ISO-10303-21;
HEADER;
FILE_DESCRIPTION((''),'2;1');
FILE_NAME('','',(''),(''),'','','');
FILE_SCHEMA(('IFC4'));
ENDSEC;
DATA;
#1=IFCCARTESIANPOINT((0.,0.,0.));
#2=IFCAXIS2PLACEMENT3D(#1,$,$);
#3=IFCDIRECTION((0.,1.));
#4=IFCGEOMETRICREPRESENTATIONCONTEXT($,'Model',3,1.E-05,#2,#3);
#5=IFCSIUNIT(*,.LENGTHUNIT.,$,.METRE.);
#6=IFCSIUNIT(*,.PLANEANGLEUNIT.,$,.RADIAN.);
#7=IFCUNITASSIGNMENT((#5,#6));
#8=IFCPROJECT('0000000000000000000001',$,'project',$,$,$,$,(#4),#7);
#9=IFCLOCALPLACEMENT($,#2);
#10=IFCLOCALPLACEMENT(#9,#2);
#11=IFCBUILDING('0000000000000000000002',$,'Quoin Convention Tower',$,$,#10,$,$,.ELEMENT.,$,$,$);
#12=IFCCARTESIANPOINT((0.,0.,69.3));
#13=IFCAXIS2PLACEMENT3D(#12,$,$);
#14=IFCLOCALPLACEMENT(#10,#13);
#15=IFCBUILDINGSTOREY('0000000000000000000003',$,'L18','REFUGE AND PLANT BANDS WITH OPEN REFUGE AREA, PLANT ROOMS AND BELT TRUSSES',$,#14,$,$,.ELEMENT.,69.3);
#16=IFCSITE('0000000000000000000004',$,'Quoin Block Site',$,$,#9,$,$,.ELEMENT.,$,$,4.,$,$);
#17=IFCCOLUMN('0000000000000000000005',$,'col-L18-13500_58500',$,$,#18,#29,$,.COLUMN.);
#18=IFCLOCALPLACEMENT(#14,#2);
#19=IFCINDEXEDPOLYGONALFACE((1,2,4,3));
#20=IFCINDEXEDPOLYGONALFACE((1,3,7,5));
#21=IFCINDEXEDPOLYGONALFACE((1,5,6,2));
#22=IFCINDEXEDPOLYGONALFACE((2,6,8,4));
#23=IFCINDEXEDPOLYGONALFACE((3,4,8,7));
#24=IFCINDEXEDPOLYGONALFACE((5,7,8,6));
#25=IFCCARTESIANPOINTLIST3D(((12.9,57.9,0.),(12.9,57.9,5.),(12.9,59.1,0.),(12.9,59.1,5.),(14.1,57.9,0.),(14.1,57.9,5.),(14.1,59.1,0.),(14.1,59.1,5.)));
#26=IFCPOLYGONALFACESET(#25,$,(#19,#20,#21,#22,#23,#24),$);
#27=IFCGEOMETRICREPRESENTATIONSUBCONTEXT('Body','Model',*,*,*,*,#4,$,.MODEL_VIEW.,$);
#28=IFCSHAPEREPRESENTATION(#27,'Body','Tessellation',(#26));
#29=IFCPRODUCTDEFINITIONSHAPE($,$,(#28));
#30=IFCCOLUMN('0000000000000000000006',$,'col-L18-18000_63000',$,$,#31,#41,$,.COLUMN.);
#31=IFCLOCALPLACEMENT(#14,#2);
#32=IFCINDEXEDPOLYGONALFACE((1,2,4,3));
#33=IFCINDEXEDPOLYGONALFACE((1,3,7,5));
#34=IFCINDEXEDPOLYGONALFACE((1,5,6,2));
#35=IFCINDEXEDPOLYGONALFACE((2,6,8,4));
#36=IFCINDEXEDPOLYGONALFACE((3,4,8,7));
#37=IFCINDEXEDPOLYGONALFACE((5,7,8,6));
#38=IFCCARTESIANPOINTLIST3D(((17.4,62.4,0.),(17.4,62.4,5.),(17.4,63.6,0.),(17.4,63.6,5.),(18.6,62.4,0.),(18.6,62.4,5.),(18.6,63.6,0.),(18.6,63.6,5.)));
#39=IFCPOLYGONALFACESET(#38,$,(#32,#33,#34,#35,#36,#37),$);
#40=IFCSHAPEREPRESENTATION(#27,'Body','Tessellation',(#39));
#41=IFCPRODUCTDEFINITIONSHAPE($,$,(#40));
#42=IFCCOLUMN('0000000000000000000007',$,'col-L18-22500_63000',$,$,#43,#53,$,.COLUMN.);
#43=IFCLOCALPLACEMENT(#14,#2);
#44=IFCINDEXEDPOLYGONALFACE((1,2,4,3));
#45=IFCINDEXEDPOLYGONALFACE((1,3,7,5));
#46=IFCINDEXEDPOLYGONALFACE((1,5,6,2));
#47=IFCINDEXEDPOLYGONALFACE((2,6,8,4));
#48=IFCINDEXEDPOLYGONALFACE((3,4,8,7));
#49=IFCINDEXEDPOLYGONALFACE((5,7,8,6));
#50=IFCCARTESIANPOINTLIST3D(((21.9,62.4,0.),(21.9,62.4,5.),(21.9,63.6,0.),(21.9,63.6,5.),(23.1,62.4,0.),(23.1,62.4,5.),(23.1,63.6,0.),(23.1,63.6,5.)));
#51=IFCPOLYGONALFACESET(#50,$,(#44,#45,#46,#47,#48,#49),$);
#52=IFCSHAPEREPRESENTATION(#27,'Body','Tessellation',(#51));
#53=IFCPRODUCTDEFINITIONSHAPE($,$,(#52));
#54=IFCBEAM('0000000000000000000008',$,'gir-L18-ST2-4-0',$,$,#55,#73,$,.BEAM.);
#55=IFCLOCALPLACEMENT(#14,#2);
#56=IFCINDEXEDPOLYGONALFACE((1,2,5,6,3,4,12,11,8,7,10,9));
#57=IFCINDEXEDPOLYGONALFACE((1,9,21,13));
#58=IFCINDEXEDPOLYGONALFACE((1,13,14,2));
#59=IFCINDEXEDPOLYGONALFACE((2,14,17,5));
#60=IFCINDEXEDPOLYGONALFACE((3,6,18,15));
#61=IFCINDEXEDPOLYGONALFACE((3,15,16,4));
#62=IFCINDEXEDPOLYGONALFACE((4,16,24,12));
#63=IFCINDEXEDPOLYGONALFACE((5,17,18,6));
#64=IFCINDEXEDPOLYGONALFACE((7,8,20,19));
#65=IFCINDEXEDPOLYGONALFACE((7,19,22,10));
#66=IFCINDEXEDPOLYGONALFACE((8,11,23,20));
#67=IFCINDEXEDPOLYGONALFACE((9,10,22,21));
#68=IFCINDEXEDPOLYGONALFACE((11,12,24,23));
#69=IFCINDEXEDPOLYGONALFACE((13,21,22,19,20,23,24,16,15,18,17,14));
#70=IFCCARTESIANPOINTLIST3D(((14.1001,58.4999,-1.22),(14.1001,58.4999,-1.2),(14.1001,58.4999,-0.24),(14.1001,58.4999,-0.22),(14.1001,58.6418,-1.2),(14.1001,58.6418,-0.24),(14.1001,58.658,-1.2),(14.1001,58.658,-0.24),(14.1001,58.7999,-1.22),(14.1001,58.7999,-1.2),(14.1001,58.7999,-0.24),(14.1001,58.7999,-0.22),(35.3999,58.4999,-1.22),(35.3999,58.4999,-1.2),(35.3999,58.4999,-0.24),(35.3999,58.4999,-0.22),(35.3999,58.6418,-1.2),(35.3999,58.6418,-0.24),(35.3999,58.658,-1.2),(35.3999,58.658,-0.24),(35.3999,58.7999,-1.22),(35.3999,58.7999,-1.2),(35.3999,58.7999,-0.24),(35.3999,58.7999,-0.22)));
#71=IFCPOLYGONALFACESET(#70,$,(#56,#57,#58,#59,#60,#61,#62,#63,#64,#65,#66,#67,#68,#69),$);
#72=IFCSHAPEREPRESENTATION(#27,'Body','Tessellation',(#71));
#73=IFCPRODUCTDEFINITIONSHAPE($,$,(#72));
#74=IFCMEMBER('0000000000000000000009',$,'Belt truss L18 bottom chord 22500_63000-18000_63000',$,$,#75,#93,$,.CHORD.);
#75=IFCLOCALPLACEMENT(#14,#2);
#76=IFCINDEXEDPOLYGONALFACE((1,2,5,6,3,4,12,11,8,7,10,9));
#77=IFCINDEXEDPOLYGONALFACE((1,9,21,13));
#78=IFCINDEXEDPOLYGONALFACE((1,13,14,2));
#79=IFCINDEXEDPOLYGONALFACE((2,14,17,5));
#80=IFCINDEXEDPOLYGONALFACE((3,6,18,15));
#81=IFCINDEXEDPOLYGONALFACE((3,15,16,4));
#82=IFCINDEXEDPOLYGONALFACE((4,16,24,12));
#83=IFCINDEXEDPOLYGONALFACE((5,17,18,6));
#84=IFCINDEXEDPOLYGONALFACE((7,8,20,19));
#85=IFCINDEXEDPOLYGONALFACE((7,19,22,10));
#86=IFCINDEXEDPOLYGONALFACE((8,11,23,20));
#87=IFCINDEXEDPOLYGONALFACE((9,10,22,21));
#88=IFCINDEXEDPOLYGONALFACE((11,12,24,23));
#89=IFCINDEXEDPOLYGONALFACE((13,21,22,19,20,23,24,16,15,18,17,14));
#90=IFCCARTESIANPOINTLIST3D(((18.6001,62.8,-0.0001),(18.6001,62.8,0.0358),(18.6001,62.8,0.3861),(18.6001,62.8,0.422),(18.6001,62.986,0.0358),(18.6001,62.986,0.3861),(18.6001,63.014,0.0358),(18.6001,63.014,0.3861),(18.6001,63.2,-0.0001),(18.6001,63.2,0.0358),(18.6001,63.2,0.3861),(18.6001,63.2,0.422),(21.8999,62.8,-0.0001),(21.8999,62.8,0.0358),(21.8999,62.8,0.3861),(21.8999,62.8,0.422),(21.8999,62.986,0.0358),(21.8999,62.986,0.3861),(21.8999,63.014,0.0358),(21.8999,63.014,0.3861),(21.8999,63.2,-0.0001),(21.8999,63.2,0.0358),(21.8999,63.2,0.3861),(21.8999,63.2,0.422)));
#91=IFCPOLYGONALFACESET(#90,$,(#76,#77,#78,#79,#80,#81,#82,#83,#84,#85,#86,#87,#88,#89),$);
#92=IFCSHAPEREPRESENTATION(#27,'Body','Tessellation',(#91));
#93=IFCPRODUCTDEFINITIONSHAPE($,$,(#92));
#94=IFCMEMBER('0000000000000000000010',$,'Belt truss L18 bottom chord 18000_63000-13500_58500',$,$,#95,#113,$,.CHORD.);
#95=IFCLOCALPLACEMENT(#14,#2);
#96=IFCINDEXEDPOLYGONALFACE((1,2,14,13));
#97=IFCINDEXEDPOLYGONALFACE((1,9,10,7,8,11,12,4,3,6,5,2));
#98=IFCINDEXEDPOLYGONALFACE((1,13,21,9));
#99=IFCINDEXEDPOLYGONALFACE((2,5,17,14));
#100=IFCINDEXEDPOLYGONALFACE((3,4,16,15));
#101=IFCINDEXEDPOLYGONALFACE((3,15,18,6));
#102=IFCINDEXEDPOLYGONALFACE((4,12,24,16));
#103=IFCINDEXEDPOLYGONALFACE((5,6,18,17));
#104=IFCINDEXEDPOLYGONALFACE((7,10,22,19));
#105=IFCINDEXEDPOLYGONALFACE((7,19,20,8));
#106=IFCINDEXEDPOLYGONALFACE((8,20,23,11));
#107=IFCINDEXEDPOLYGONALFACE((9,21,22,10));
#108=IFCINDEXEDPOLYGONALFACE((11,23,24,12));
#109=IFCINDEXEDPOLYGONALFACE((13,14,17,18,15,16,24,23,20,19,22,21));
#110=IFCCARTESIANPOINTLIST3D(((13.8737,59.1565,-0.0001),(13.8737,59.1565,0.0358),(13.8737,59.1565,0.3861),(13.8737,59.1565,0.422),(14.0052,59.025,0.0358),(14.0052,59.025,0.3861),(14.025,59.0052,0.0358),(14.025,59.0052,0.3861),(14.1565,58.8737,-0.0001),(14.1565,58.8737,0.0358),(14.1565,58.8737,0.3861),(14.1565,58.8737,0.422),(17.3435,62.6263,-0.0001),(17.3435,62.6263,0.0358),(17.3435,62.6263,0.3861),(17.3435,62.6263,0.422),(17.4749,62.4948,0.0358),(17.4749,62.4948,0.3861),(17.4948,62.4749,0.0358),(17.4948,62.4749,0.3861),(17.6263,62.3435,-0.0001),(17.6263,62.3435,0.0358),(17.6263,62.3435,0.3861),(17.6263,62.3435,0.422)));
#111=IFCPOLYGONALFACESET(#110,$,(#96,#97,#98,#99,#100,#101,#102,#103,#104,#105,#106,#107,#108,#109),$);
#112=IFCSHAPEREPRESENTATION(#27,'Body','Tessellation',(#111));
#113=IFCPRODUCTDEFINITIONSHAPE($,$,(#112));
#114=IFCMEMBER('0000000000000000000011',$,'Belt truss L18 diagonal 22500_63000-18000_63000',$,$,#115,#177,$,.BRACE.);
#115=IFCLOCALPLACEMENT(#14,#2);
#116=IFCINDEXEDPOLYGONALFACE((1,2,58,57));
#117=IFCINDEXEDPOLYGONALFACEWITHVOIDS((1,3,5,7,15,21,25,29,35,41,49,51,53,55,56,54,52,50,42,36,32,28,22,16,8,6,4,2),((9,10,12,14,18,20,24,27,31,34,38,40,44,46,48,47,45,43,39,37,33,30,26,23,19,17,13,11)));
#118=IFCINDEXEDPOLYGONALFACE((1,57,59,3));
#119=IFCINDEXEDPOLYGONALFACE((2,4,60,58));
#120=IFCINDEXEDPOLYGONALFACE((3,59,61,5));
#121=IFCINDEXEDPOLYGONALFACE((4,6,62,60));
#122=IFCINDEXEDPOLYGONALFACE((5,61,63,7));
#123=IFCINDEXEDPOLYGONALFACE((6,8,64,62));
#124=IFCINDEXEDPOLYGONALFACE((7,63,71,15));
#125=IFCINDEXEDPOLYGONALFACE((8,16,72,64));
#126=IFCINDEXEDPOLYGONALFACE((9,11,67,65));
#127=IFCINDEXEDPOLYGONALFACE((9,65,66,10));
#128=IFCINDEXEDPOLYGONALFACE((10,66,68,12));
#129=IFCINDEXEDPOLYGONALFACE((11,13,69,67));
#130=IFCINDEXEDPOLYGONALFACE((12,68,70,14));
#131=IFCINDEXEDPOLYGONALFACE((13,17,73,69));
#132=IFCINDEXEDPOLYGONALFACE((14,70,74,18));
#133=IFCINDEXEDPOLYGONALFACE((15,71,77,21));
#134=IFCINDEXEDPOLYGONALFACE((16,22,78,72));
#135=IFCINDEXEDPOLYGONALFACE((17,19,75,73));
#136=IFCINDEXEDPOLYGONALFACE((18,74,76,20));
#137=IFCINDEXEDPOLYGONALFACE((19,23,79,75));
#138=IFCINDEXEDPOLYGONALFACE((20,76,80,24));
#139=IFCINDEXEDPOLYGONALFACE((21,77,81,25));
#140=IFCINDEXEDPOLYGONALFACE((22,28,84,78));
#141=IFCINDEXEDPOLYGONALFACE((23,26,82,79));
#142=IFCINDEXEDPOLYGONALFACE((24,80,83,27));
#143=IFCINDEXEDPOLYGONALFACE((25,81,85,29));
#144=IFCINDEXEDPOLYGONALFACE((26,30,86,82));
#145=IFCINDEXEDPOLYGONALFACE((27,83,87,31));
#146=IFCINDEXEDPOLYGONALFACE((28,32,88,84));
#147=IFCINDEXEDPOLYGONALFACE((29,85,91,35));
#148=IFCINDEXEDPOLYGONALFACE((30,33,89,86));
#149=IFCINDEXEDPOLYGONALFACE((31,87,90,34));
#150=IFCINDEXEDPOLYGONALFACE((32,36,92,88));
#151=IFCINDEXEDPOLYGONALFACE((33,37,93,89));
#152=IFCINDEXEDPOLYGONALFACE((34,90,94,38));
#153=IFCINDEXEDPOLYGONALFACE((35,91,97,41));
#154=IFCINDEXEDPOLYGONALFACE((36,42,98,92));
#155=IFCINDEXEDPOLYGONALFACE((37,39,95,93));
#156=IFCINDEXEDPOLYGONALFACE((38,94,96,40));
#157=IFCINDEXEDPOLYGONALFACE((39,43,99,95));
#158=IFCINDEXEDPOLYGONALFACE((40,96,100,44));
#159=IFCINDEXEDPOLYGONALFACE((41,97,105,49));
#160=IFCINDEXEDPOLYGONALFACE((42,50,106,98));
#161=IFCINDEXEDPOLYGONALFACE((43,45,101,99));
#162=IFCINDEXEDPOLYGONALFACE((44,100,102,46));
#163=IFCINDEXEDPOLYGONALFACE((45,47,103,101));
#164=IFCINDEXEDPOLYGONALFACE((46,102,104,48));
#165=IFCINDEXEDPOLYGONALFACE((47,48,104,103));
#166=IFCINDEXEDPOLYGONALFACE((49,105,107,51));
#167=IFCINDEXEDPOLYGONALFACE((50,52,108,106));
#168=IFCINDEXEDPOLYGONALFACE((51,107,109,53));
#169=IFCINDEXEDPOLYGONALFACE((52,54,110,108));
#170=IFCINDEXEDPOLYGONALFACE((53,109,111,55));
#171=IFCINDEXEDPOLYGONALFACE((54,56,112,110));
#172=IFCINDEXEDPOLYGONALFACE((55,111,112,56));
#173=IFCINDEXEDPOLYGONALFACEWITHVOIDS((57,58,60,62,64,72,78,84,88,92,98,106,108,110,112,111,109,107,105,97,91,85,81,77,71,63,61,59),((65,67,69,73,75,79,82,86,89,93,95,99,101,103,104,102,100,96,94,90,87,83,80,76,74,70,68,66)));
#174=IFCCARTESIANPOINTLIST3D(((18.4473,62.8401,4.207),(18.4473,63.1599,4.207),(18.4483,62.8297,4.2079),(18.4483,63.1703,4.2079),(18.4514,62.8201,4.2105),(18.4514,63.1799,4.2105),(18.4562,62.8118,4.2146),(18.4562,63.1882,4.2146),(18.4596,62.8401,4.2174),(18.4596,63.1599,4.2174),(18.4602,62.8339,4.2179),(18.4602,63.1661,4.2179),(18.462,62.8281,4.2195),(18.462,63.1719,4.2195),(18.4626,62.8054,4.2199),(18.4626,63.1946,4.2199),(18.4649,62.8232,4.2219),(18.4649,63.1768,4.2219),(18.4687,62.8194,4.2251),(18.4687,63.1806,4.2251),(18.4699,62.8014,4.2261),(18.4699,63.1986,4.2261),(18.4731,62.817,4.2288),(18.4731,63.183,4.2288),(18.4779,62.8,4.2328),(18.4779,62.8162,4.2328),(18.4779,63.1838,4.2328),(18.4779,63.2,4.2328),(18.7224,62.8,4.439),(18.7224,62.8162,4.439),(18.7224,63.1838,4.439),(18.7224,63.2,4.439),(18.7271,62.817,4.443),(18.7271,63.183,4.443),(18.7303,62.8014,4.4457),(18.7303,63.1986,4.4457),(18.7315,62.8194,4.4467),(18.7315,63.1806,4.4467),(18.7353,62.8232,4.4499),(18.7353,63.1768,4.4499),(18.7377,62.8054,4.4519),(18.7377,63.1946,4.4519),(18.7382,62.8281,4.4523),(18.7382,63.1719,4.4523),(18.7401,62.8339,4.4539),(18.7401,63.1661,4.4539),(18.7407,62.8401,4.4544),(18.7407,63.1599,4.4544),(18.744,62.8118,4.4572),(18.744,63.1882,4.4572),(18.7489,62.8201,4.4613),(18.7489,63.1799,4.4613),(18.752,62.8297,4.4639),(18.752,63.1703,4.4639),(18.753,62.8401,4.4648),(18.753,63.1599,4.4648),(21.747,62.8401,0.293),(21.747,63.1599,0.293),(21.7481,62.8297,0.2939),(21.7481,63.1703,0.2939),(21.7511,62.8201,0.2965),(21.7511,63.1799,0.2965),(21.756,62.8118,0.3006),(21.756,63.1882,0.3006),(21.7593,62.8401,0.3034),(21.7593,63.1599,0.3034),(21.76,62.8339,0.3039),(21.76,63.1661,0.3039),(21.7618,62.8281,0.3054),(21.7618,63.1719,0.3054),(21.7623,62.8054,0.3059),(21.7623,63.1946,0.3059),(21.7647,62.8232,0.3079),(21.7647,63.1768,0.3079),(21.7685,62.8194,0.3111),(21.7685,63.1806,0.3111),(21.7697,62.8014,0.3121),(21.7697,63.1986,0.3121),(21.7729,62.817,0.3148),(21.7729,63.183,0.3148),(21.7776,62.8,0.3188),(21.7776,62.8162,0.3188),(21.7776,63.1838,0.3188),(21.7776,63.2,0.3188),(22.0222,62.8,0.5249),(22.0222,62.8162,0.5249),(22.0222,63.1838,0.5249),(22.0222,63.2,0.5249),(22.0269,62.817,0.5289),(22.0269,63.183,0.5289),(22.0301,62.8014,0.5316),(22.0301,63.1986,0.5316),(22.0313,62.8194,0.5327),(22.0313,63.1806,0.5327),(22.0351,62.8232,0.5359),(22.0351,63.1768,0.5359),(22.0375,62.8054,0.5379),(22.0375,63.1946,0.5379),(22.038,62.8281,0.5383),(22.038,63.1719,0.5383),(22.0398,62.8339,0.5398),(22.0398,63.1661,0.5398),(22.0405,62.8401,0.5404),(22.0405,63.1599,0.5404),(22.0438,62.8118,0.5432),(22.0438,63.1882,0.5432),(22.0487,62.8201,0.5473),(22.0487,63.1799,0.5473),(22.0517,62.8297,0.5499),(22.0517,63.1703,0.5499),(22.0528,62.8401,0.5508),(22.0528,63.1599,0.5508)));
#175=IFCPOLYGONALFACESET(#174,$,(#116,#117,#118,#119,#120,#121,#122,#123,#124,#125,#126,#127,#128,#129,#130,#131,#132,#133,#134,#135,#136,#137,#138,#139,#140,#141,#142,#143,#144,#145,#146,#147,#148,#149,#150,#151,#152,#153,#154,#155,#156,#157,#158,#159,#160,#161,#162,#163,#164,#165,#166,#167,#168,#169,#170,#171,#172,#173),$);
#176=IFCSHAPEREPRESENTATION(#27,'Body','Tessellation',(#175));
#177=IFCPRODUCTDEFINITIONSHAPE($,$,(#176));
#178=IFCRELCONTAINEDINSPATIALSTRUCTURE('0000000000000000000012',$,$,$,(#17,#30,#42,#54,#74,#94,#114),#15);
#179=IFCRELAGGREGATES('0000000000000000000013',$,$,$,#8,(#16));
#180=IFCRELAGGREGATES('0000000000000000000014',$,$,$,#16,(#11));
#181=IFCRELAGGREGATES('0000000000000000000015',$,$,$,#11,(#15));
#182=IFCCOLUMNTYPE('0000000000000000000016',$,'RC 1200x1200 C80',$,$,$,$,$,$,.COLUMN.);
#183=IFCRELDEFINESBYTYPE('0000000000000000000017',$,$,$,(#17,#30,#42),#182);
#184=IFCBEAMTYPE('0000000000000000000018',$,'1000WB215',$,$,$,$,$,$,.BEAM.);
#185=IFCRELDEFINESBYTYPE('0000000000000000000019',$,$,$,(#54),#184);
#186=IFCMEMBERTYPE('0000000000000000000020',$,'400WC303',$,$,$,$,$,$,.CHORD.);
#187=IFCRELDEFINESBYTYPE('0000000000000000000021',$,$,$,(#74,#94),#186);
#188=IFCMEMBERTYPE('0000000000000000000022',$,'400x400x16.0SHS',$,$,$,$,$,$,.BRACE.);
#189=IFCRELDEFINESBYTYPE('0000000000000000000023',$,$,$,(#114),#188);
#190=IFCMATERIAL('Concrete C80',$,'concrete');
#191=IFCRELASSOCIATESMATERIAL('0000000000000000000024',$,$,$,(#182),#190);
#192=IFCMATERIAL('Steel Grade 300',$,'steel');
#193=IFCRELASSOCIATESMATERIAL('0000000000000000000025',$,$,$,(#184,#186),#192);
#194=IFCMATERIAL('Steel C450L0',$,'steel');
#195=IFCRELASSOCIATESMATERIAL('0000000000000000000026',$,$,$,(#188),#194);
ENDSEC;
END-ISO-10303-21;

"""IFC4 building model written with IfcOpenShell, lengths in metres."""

from ifc_helpers import new_model, si_unit, direction, frame, origin, origin_2d, place, context, subcontext, project, spatial, rectangle, hollow_rectangle, i_section, extrude, material, material_profile, profile_set, type_object, element, save


model = new_model("IFC4")

# Units and contexts
model_context = context("Model", 3, precision=1e-05, world=origin(), true_north=direction((0.0, 1.0)))
body_context = subcontext(model_context, "Body", "Model", "MODEL_VIEW")
ifc_project = project(units=[si_unit("LENGTHUNIT", "METRE"), si_unit("PLANEANGLEUNIT", "RADIAN")], contexts=[model_context])

# Site, building, storey
site_placement = place(None, origin())
site = spatial("IfcSite", under=ifc_project, at=site_placement, Name="Quoin Block Site", CompositionType="ELEMENT", RefElevation=4.0)
building_placement = place(site_placement, origin())
building = spatial("IfcBuilding", under=site, at=building_placement, Name="Quoin Convention Tower", CompositionType="ELEMENT")
storey_placement = place(building_placement, frame((0.0, 0.0, 69.3)))
storey = spatial("IfcBuildingStorey", under=building, at=storey_placement, Name="L18", Description="REFUGE AND PLANT BANDS WITH OPEN REFUGE AREA, PLANT ROOMS AND BELT TRUSSES", CompositionType="ELEMENT", Elevation=69.3)

# Columns
ifc_material_1 = material(Name="Concrete C80", Category="concrete")
ifc_material_profile_1 = material_profile(ifc_material_1, rectangle(XDim=1.2, YDim=1.2, at=origin_2d()), Name="RC 1200x1200")
ifc_profile_set_1 = profile_set([ifc_material_profile_1], Name="Concrete C80")
column_type = type_object("IfcColumnType", Name="RC 1200x1200 C80", PredefinedType="COLUMN", material=ifc_profile_set_1)
for number, where, z_axis, x_axis, name in (
    (1, (13.5, 58.5, 0.0), (0.0, 0.0, 1.0), (1.0, 0.0, 0.0), "col-L18-13500_58500"),
    (2, (18.0, 63.0, 0.0), (0.0, 0.0, 1.0), (1.0, 0.0, 0.0), "col-L18-18000_63000"),
    (3, (22.5, 63.0, 0.0), (0.0, 0.0, 1.0), (1.0, 0.0, 0.0), "col-L18-22500_63000"),
):
    element("IfcColumn", number, at=place(storey_placement, frame(where, z_axis=z_axis, x_axis=x_axis)), inside=storey, type_object=column_type, Name=name, PredefinedType="COLUMN", context=body_context, shape_type="SweptSolid", body=[
        extrude(rectangle(XDim=1.2, YDim=1.2, at=origin_2d()), origin(), (0.0, 0.0, 1.0), 5.0),
    ])

# Beam
ifc_material_2 = material(Name="Steel Grade 300", Category="steel")
ifc_material_profile_2 = material_profile(ifc_material_2, i_section(OverallWidth=0.3, OverallDepth=1.0, WebThickness=0.0161, FlangeThickness=0.02, at=origin_2d()), Name="1000WB215")
ifc_profile_set_2 = profile_set([ifc_material_profile_2], Name="Steel Grade 300")
beam_type_1 = type_object("IfcBeamType", Name="1000WB215", PredefinedType="BEAM", material=ifc_profile_set_2)
beam_1_placement = place(storey_placement, frame((14.1001, 58.6499, -0.72), z_axis=(1.0, 0.0, 0.0), x_axis=(0.0, 1.0, 0.0)))
element("IfcBeam", 4, at=beam_1_placement, inside=storey, type_object=beam_type_1, Name="gir-L18-ST2-4-0", PredefinedType="BEAM", context=body_context, shape_type="SweptSolid", body=[
    extrude(i_section(OverallWidth=0.3, OverallDepth=1.0, WebThickness=0.0161, FlangeThickness=0.02, at=origin_2d()), origin(), (0.0, 0.0, 1.0), 21.2998),
])

# Members
ifc_material_profile_3 = material_profile(ifc_material_2, i_section(OverallWidth=0.3999, OverallDepth=0.4221, WebThickness=0.0281, FlangeThickness=0.0359, at=origin_2d()), Name="400WC303")
ifc_profile_set_3 = profile_set([ifc_material_profile_3], Name="Steel Grade 300")
member_type_1 = type_object("IfcMemberType", Name="400WC303", PredefinedType="CHORD", material=ifc_profile_set_3)
member_1_placement = place(storey_placement, frame((21.8999, 63.0, 0.2109), z_axis=(-1.0, 0.0, 0.0), x_axis=(0.0, -1.0, 0.0)))
element("IfcMember", 5, at=member_1_placement, inside=storey, type_object=member_type_1, Name="Belt truss L18 bottom chord 22500_63000-18000_63000", PredefinedType="CHORD", context=body_context, shape_type="SweptSolid", body=[
    extrude(i_section(OverallWidth=0.3999, OverallDepth=0.4221, WebThickness=0.0281, FlangeThickness=0.0359, at=origin_2d()), origin(), (0.0, 0.0, 1.0), 3.2998),
])
member_2_placement = place(storey_placement, frame((17.4849, 62.4849, 0.2109), z_axis=(-0.707107, -0.707107, 0.0), x_axis=(0.707107, -0.707107, 0.0)))
element("IfcMember", 6, at=member_2_placement, inside=storey, type_object=member_type_1, Name="Belt truss L18 bottom chord 18000_63000-13500_58500", PredefinedType="CHORD", context=body_context, shape_type="SweptSolid", body=[
    extrude(i_section(OverallWidth=0.3999, OverallDepth=0.4221, WebThickness=0.0281, FlangeThickness=0.0359, at=origin_2d()), origin(), (0.0, 0.0, 1.0), 4.907),
])
ifc_material_3 = material(Name="Steel C450L0", Category="steel")
ifc_material_profile_4 = material_profile(ifc_material_3, hollow_rectangle(XDim=0.3999, YDim=0.3999, WallThickness=0.0161, InnerFilletRadius=0.0239, OuterFilletRadius=0.04, at=origin_2d()), Name="400x400x16.0SHS")
ifc_profile_set_4 = profile_set([ifc_material_profile_4], Name="Steel C450L0")
member_type_2 = type_object("IfcMemberType", Name="400x400x16.0SHS", PredefinedType="BRACE", material=ifc_profile_set_4)
member_3_placement = place(storey_placement, frame((21.8999, 63.0, 0.4219), z_axis=(-0.644564, 0.0, 0.76455), x_axis=(0.0, -1.0, 0.0)))
element("IfcMember", 7, at=member_3_placement, inside=storey, type_object=member_type_2, Name="Belt truss L18 diagonal 22500_63000-18000_63000", PredefinedType="BRACE", context=body_context, shape_type="SweptSolid", body=[
    extrude(hollow_rectangle(XDim=0.3999, YDim=0.3999, WallThickness=0.0161, InnerFilletRadius=0.0239, OuterFilletRadius=0.04, at=origin_2d()), origin(), (0.0, 0.0, 1.0), 5.1194),
])

save(model, "model.ifc")
